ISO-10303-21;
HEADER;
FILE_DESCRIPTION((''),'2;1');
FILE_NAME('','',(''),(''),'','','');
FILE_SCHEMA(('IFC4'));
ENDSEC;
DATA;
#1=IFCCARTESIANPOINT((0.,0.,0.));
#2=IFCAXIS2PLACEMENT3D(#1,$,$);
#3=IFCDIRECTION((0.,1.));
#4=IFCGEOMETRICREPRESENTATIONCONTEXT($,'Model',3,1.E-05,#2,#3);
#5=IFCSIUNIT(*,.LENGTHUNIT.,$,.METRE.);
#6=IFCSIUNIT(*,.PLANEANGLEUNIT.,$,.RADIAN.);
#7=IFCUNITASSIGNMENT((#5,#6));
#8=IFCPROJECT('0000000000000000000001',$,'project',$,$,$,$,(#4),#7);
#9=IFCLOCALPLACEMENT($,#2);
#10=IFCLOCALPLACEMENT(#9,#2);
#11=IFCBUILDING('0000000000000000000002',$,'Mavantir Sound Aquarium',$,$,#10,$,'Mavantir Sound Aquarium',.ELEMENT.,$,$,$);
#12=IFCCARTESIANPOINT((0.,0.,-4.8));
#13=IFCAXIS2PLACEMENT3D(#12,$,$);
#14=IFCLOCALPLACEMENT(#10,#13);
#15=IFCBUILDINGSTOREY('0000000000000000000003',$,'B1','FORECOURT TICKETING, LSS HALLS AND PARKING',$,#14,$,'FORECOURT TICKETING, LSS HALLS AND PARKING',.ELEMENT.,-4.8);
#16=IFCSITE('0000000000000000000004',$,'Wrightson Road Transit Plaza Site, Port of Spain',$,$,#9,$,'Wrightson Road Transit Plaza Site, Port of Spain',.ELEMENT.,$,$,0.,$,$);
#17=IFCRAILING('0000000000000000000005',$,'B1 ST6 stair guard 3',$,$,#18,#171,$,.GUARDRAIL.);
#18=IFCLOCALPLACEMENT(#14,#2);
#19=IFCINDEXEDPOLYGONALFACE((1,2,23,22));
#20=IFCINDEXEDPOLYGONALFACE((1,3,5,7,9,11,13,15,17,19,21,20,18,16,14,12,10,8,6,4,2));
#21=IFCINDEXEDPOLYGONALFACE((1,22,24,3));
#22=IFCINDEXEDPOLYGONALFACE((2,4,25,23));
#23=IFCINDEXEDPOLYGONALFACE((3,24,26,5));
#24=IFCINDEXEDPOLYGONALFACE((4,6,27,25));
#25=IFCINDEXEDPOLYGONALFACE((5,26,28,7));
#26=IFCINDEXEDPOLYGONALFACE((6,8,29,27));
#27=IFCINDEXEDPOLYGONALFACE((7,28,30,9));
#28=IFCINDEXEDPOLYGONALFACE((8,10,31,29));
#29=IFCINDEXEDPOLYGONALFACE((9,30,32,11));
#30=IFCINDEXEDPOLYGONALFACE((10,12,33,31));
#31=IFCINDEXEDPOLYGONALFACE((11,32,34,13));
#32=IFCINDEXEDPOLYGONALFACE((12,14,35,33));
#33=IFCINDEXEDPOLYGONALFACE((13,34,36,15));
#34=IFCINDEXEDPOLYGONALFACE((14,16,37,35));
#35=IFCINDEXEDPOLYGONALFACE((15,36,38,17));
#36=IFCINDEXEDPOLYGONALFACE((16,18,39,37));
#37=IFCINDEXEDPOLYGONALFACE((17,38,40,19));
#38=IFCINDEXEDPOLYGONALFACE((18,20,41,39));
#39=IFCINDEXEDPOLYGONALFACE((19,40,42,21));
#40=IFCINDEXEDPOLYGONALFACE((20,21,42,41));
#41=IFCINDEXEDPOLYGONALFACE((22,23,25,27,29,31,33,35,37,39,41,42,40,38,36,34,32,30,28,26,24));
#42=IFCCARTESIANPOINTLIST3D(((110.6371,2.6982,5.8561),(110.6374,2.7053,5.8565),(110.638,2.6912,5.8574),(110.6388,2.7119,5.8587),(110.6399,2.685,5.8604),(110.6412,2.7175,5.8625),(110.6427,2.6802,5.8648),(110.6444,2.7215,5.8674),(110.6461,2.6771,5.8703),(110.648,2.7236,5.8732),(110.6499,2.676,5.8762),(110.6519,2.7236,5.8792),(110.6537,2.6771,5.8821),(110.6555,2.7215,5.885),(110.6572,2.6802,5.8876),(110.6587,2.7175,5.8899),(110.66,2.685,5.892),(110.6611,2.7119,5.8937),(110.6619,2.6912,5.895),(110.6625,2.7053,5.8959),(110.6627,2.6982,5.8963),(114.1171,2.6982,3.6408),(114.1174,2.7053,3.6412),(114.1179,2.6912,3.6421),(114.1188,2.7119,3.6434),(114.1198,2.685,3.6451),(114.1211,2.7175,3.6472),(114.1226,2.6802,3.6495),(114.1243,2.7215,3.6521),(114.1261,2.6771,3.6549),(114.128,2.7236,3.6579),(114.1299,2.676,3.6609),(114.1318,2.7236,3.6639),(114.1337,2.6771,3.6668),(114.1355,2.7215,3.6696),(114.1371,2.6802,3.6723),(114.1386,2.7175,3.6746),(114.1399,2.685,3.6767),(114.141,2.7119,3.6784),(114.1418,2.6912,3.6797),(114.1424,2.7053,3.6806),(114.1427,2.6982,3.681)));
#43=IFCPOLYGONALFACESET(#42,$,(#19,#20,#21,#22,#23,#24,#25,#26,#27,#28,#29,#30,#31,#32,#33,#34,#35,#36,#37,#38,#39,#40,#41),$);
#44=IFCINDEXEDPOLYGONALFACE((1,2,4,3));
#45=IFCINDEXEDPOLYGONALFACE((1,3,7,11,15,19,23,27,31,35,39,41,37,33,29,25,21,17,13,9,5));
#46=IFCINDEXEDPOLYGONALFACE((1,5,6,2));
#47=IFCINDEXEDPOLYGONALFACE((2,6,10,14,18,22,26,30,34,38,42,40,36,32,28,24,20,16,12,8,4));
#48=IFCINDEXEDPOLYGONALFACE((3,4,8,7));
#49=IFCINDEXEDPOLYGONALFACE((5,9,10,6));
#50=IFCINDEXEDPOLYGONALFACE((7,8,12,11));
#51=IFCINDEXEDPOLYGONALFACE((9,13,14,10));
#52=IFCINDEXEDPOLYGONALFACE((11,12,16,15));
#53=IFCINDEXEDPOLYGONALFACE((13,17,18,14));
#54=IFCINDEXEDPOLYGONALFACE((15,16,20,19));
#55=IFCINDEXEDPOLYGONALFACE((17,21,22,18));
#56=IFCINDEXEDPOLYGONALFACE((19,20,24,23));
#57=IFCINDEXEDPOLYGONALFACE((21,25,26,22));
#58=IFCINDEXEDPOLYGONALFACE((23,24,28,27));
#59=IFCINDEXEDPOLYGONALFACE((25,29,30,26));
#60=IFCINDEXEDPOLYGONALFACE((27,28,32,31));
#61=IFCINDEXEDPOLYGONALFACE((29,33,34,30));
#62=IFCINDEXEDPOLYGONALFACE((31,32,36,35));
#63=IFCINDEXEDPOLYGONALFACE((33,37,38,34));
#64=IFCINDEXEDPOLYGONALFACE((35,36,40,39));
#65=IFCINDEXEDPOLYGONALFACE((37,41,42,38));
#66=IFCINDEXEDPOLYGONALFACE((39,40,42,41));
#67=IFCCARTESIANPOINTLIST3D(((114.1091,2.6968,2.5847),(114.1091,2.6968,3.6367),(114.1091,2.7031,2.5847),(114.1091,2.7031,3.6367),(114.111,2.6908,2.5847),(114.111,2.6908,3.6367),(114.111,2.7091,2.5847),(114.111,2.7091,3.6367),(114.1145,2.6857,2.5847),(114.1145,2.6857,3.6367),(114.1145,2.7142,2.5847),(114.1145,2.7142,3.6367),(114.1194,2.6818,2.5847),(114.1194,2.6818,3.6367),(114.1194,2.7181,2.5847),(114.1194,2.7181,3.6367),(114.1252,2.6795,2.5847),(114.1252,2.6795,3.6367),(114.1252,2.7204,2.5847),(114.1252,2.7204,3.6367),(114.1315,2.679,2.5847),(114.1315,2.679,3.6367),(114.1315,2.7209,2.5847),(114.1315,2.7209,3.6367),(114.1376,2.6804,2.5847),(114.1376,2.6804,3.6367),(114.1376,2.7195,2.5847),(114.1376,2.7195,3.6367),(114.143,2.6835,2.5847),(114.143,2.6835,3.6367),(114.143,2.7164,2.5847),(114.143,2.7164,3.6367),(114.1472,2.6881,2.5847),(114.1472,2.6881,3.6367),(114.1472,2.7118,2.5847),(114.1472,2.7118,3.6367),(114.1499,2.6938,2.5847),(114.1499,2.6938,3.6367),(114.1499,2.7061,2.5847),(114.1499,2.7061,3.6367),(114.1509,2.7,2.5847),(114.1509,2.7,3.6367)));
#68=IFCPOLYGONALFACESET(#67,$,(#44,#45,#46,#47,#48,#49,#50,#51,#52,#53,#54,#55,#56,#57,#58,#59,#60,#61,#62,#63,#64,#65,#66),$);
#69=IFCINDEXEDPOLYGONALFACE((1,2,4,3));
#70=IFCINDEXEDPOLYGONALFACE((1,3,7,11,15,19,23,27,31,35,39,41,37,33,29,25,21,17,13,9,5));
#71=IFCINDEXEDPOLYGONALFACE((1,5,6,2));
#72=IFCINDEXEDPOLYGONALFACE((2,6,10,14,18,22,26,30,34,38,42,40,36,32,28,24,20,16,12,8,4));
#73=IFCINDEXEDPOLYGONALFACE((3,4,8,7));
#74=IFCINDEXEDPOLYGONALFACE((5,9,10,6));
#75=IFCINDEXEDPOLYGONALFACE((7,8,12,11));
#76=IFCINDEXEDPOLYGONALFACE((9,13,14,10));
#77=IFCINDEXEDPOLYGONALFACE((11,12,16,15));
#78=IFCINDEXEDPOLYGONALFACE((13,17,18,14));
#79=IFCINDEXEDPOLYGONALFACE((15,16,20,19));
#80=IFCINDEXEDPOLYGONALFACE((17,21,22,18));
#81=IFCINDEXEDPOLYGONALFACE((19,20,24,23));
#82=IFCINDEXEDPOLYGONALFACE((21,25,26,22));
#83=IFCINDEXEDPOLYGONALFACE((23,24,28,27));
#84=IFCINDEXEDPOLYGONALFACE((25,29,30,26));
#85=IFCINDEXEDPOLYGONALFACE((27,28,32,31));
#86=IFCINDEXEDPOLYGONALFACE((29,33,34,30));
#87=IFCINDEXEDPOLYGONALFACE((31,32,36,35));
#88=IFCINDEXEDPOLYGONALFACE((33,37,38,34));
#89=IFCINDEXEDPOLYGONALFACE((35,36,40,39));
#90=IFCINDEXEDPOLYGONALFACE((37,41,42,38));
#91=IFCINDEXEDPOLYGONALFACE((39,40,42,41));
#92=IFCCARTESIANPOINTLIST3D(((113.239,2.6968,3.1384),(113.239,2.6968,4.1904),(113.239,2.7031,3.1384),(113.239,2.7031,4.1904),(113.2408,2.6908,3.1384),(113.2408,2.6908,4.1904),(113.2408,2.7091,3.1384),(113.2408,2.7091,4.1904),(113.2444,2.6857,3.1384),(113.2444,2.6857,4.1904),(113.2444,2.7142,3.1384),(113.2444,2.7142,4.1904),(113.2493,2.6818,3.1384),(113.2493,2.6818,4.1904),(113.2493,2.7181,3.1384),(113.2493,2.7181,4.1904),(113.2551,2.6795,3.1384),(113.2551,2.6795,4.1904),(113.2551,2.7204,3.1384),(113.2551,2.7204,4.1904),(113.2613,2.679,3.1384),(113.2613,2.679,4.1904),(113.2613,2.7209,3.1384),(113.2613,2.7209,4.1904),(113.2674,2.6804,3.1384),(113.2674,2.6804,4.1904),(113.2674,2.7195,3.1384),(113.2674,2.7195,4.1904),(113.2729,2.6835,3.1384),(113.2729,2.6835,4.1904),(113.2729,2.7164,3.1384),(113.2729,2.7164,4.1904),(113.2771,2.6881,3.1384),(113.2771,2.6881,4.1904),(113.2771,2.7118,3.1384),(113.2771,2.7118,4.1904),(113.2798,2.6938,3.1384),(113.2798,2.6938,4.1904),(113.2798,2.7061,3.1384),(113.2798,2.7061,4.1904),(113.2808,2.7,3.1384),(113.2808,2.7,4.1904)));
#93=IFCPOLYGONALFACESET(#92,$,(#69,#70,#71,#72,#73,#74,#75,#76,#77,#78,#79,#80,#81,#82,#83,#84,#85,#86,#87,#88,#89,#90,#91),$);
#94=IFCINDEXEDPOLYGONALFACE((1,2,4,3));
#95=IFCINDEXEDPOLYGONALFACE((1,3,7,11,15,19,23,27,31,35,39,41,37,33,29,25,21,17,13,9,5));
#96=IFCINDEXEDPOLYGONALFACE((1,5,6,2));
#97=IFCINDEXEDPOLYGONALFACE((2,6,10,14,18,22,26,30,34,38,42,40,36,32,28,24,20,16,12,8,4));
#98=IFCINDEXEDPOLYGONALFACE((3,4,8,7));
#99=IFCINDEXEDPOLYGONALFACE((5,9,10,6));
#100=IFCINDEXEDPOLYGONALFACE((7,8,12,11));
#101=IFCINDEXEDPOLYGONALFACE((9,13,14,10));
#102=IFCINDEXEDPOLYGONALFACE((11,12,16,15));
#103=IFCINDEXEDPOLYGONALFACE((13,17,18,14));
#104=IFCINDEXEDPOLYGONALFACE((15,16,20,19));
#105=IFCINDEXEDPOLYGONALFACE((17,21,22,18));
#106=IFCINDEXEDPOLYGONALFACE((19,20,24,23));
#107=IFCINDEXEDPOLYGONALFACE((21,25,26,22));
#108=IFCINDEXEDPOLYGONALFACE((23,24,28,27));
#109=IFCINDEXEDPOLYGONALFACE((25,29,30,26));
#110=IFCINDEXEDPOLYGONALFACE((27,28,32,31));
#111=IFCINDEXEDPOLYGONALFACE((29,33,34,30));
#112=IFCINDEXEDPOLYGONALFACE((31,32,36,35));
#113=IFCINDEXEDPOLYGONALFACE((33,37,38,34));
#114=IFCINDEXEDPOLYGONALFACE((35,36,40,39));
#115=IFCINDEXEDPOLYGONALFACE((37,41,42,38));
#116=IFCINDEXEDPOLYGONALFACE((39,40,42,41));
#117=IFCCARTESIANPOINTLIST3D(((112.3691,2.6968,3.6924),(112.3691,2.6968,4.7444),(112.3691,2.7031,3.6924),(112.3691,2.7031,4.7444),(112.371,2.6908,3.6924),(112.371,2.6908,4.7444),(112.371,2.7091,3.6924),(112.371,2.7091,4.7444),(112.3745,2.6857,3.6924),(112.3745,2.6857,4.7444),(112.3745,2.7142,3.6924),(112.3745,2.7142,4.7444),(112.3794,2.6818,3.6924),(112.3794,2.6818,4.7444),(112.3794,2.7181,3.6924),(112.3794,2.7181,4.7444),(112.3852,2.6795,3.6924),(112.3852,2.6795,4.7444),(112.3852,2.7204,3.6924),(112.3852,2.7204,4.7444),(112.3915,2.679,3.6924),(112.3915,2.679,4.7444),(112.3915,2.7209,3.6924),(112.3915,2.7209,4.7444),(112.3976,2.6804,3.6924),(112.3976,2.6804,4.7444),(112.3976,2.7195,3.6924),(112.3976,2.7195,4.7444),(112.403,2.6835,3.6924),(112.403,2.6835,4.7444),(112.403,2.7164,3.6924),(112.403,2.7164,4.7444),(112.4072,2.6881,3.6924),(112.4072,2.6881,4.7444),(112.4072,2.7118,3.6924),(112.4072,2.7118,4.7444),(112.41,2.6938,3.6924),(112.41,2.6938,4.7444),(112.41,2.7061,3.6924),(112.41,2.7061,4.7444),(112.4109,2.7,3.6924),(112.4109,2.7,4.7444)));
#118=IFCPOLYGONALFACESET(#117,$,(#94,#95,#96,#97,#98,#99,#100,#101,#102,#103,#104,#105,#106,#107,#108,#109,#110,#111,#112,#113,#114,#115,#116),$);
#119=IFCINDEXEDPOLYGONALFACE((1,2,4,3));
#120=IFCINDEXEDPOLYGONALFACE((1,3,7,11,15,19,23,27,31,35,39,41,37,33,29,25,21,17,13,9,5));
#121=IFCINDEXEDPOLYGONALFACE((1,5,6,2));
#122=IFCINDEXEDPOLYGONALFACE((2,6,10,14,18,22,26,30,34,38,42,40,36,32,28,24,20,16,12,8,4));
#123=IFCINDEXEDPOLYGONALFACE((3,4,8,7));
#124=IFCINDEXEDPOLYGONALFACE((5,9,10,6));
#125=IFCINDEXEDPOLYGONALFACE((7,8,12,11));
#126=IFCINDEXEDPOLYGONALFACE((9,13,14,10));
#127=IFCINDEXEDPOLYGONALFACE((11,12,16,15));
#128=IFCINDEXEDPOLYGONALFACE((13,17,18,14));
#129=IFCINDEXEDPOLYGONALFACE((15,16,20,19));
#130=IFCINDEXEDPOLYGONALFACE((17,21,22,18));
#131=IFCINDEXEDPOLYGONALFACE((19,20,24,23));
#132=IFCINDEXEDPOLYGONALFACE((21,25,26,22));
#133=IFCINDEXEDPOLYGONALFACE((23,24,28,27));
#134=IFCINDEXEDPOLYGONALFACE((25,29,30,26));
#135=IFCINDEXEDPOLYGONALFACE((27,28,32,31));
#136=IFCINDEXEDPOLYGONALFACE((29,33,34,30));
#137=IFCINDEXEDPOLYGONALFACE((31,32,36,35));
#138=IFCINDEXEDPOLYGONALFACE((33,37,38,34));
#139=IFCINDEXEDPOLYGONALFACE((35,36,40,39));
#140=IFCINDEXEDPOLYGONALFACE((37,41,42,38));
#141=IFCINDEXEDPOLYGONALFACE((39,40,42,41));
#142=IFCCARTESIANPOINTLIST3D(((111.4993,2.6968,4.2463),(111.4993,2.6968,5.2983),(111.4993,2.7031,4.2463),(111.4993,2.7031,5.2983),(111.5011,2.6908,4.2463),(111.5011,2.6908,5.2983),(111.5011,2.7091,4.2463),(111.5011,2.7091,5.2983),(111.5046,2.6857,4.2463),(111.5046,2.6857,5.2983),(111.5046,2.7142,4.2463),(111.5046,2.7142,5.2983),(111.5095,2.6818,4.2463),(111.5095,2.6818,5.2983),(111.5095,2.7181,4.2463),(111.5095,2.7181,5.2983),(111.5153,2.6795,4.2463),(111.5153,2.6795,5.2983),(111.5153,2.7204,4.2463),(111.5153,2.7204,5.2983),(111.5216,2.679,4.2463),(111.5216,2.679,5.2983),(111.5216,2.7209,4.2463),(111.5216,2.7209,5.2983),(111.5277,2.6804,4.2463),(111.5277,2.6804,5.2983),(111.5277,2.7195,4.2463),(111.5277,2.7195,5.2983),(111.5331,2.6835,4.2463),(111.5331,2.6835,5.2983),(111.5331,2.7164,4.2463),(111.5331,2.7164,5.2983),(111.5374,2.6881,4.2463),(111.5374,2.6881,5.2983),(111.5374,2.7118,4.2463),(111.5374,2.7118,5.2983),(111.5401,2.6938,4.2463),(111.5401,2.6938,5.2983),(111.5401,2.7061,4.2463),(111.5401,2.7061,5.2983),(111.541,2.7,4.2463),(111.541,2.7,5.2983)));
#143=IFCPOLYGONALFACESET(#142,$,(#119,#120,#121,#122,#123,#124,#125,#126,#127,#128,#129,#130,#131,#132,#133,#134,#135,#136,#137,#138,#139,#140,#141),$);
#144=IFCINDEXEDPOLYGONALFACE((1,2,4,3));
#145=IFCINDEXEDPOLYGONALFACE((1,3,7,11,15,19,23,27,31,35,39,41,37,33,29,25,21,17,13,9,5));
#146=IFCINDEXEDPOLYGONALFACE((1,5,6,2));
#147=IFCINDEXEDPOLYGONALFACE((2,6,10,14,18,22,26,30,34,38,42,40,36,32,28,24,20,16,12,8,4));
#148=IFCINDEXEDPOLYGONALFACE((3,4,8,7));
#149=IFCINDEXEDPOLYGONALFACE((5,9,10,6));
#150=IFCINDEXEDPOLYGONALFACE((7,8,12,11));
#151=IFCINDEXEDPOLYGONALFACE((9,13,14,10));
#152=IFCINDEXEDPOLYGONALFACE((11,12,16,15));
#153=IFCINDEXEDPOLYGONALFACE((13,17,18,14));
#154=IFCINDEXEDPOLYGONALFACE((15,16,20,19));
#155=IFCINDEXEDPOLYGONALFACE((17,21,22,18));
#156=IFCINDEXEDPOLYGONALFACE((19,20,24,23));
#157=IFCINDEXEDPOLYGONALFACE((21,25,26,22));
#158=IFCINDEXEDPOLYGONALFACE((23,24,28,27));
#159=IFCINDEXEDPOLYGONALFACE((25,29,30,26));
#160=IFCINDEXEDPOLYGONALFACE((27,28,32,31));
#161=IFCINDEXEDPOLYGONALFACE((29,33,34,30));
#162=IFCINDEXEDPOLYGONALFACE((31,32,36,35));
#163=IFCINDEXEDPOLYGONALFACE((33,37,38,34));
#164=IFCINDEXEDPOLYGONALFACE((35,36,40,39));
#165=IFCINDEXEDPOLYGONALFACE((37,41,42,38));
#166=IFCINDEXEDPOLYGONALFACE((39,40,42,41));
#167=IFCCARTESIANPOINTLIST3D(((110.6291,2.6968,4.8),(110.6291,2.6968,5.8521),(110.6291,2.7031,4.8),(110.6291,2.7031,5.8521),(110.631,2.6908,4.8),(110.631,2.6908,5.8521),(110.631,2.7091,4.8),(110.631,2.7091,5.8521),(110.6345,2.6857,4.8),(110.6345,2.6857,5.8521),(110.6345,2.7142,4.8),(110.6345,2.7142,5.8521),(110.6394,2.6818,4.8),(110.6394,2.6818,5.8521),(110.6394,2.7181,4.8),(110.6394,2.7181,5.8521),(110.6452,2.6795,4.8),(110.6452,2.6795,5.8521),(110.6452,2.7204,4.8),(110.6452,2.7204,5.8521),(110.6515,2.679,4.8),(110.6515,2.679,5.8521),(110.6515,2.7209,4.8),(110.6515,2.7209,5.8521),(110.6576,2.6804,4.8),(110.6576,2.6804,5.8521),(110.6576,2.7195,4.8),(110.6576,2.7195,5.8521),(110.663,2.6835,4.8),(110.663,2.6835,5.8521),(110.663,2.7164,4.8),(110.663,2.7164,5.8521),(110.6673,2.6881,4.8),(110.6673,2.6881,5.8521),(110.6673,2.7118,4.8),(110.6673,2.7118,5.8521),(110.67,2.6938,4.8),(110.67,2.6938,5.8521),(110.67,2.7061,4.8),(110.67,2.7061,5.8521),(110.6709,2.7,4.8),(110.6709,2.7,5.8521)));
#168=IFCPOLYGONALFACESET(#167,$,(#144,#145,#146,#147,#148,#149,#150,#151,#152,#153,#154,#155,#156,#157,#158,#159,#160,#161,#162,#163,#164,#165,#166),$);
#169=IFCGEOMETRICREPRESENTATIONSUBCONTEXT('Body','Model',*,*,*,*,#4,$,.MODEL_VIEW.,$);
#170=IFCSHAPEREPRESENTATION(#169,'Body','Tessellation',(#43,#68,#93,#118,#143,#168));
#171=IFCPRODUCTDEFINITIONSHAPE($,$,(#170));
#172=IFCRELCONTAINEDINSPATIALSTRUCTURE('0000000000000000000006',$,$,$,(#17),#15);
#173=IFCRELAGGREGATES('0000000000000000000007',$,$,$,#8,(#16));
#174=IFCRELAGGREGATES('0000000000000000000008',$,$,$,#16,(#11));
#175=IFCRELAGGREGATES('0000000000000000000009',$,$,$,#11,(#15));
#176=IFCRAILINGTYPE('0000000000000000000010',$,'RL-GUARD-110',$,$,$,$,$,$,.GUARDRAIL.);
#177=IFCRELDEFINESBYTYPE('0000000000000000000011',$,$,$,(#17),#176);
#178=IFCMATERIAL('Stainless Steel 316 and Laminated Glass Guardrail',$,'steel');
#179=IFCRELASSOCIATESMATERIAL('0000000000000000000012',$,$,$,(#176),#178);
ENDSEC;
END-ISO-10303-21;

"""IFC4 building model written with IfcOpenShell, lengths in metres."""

from ifc_helpers import new_model, si_unit, direction, frame, origin, origin_2d, place, context, subcontext, project, spatial, circle, extrude, material, type_object, element, save


model = new_model("IFC4")

# Units and contexts
model_context = context("Model", 3, precision=1e-05, world=origin(), true_north=direction((0.0, 1.0)))
body_context = subcontext(model_context, "Body", "Model", "MODEL_VIEW")
ifc_project = project(units=[si_unit("LENGTHUNIT", "METRE"), si_unit("PLANEANGLEUNIT", "RADIAN")], contexts=[model_context])

# Site, building, storey
site_placement = place(None, origin())
site = spatial("IfcSite", under=ifc_project, at=site_placement, Name="Wrightson Road Transit Plaza Site, Port of Spain", LongName="Wrightson Road Transit Plaza Site, Port of Spain", CompositionType="ELEMENT", RefElevation=0.0)
building_placement = place(site_placement, origin())
building = spatial("IfcBuilding", under=site, at=building_placement, Name="Mavantir Sound Aquarium", LongName="Mavantir Sound Aquarium", CompositionType="ELEMENT")
storey_placement = place(building_placement, frame((0.0, 0.0, -4.8)))
storey = spatial("IfcBuildingStorey", under=building, at=storey_placement, Name="B1", Description="FORECOURT TICKETING, LSS HALLS AND PARKING", LongName="FORECOURT TICKETING, LSS HALLS AND PARKING", CompositionType="ELEMENT", Elevation=-4.8)

# Railing
ifc_material_1 = material(Name="Stainless Steel 316 and Laminated Glass Guardrail", Category="steel")
railing_type_1 = type_object("IfcRailingType", Name="RL-GUARD-110", PredefinedType="GUARDRAIL", material=ifc_material_1)
railing_1_placement = place(storey_placement, frame((114.1299, 2.7, 2.5847)))
element("IfcRailing", 1, at=railing_1_placement, inside=storey, type_object=railing_type_1, Name="B1 ST6 stair guard 3", PredefinedType="GUARDRAIL", context=body_context, shape_type="SweptSolid", body=[
    extrude(circle(Radius=0.0239, at=origin_2d()), frame((0.0, 0.0, 1.0762), z_axis=(-0.843574, 0.0, 0.537013), x_axis=(0.0, -1.0, 0.0)), (0.0, 0.0, 1.0), 4.1252),
    extrude(circle(Radius=0.021, at=origin_2d()), origin(), (0.0, 0.0, 1.0), 1.052),
    extrude(circle(Radius=0.021, at=origin_2d()), frame((-0.8701, 0.0, 0.5537)), (0.0, 0.0, 1.0), 1.052),
    extrude(circle(Radius=0.021, at=origin_2d()), frame((-1.74, 0.0, 1.1077)), (0.0, 0.0, 1.0), 1.052),
    extrude(circle(Radius=0.021, at=origin_2d()), frame((-2.6099, 0.0, 1.6616)), (0.0, 0.0, 1.0), 1.052),
    extrude(circle(Radius=0.021, at=origin_2d()), frame((-3.48, 0.0, 2.2153)), (0.0, 0.0, 1.0), 1.052),
])

save(model, "model.ifc")
